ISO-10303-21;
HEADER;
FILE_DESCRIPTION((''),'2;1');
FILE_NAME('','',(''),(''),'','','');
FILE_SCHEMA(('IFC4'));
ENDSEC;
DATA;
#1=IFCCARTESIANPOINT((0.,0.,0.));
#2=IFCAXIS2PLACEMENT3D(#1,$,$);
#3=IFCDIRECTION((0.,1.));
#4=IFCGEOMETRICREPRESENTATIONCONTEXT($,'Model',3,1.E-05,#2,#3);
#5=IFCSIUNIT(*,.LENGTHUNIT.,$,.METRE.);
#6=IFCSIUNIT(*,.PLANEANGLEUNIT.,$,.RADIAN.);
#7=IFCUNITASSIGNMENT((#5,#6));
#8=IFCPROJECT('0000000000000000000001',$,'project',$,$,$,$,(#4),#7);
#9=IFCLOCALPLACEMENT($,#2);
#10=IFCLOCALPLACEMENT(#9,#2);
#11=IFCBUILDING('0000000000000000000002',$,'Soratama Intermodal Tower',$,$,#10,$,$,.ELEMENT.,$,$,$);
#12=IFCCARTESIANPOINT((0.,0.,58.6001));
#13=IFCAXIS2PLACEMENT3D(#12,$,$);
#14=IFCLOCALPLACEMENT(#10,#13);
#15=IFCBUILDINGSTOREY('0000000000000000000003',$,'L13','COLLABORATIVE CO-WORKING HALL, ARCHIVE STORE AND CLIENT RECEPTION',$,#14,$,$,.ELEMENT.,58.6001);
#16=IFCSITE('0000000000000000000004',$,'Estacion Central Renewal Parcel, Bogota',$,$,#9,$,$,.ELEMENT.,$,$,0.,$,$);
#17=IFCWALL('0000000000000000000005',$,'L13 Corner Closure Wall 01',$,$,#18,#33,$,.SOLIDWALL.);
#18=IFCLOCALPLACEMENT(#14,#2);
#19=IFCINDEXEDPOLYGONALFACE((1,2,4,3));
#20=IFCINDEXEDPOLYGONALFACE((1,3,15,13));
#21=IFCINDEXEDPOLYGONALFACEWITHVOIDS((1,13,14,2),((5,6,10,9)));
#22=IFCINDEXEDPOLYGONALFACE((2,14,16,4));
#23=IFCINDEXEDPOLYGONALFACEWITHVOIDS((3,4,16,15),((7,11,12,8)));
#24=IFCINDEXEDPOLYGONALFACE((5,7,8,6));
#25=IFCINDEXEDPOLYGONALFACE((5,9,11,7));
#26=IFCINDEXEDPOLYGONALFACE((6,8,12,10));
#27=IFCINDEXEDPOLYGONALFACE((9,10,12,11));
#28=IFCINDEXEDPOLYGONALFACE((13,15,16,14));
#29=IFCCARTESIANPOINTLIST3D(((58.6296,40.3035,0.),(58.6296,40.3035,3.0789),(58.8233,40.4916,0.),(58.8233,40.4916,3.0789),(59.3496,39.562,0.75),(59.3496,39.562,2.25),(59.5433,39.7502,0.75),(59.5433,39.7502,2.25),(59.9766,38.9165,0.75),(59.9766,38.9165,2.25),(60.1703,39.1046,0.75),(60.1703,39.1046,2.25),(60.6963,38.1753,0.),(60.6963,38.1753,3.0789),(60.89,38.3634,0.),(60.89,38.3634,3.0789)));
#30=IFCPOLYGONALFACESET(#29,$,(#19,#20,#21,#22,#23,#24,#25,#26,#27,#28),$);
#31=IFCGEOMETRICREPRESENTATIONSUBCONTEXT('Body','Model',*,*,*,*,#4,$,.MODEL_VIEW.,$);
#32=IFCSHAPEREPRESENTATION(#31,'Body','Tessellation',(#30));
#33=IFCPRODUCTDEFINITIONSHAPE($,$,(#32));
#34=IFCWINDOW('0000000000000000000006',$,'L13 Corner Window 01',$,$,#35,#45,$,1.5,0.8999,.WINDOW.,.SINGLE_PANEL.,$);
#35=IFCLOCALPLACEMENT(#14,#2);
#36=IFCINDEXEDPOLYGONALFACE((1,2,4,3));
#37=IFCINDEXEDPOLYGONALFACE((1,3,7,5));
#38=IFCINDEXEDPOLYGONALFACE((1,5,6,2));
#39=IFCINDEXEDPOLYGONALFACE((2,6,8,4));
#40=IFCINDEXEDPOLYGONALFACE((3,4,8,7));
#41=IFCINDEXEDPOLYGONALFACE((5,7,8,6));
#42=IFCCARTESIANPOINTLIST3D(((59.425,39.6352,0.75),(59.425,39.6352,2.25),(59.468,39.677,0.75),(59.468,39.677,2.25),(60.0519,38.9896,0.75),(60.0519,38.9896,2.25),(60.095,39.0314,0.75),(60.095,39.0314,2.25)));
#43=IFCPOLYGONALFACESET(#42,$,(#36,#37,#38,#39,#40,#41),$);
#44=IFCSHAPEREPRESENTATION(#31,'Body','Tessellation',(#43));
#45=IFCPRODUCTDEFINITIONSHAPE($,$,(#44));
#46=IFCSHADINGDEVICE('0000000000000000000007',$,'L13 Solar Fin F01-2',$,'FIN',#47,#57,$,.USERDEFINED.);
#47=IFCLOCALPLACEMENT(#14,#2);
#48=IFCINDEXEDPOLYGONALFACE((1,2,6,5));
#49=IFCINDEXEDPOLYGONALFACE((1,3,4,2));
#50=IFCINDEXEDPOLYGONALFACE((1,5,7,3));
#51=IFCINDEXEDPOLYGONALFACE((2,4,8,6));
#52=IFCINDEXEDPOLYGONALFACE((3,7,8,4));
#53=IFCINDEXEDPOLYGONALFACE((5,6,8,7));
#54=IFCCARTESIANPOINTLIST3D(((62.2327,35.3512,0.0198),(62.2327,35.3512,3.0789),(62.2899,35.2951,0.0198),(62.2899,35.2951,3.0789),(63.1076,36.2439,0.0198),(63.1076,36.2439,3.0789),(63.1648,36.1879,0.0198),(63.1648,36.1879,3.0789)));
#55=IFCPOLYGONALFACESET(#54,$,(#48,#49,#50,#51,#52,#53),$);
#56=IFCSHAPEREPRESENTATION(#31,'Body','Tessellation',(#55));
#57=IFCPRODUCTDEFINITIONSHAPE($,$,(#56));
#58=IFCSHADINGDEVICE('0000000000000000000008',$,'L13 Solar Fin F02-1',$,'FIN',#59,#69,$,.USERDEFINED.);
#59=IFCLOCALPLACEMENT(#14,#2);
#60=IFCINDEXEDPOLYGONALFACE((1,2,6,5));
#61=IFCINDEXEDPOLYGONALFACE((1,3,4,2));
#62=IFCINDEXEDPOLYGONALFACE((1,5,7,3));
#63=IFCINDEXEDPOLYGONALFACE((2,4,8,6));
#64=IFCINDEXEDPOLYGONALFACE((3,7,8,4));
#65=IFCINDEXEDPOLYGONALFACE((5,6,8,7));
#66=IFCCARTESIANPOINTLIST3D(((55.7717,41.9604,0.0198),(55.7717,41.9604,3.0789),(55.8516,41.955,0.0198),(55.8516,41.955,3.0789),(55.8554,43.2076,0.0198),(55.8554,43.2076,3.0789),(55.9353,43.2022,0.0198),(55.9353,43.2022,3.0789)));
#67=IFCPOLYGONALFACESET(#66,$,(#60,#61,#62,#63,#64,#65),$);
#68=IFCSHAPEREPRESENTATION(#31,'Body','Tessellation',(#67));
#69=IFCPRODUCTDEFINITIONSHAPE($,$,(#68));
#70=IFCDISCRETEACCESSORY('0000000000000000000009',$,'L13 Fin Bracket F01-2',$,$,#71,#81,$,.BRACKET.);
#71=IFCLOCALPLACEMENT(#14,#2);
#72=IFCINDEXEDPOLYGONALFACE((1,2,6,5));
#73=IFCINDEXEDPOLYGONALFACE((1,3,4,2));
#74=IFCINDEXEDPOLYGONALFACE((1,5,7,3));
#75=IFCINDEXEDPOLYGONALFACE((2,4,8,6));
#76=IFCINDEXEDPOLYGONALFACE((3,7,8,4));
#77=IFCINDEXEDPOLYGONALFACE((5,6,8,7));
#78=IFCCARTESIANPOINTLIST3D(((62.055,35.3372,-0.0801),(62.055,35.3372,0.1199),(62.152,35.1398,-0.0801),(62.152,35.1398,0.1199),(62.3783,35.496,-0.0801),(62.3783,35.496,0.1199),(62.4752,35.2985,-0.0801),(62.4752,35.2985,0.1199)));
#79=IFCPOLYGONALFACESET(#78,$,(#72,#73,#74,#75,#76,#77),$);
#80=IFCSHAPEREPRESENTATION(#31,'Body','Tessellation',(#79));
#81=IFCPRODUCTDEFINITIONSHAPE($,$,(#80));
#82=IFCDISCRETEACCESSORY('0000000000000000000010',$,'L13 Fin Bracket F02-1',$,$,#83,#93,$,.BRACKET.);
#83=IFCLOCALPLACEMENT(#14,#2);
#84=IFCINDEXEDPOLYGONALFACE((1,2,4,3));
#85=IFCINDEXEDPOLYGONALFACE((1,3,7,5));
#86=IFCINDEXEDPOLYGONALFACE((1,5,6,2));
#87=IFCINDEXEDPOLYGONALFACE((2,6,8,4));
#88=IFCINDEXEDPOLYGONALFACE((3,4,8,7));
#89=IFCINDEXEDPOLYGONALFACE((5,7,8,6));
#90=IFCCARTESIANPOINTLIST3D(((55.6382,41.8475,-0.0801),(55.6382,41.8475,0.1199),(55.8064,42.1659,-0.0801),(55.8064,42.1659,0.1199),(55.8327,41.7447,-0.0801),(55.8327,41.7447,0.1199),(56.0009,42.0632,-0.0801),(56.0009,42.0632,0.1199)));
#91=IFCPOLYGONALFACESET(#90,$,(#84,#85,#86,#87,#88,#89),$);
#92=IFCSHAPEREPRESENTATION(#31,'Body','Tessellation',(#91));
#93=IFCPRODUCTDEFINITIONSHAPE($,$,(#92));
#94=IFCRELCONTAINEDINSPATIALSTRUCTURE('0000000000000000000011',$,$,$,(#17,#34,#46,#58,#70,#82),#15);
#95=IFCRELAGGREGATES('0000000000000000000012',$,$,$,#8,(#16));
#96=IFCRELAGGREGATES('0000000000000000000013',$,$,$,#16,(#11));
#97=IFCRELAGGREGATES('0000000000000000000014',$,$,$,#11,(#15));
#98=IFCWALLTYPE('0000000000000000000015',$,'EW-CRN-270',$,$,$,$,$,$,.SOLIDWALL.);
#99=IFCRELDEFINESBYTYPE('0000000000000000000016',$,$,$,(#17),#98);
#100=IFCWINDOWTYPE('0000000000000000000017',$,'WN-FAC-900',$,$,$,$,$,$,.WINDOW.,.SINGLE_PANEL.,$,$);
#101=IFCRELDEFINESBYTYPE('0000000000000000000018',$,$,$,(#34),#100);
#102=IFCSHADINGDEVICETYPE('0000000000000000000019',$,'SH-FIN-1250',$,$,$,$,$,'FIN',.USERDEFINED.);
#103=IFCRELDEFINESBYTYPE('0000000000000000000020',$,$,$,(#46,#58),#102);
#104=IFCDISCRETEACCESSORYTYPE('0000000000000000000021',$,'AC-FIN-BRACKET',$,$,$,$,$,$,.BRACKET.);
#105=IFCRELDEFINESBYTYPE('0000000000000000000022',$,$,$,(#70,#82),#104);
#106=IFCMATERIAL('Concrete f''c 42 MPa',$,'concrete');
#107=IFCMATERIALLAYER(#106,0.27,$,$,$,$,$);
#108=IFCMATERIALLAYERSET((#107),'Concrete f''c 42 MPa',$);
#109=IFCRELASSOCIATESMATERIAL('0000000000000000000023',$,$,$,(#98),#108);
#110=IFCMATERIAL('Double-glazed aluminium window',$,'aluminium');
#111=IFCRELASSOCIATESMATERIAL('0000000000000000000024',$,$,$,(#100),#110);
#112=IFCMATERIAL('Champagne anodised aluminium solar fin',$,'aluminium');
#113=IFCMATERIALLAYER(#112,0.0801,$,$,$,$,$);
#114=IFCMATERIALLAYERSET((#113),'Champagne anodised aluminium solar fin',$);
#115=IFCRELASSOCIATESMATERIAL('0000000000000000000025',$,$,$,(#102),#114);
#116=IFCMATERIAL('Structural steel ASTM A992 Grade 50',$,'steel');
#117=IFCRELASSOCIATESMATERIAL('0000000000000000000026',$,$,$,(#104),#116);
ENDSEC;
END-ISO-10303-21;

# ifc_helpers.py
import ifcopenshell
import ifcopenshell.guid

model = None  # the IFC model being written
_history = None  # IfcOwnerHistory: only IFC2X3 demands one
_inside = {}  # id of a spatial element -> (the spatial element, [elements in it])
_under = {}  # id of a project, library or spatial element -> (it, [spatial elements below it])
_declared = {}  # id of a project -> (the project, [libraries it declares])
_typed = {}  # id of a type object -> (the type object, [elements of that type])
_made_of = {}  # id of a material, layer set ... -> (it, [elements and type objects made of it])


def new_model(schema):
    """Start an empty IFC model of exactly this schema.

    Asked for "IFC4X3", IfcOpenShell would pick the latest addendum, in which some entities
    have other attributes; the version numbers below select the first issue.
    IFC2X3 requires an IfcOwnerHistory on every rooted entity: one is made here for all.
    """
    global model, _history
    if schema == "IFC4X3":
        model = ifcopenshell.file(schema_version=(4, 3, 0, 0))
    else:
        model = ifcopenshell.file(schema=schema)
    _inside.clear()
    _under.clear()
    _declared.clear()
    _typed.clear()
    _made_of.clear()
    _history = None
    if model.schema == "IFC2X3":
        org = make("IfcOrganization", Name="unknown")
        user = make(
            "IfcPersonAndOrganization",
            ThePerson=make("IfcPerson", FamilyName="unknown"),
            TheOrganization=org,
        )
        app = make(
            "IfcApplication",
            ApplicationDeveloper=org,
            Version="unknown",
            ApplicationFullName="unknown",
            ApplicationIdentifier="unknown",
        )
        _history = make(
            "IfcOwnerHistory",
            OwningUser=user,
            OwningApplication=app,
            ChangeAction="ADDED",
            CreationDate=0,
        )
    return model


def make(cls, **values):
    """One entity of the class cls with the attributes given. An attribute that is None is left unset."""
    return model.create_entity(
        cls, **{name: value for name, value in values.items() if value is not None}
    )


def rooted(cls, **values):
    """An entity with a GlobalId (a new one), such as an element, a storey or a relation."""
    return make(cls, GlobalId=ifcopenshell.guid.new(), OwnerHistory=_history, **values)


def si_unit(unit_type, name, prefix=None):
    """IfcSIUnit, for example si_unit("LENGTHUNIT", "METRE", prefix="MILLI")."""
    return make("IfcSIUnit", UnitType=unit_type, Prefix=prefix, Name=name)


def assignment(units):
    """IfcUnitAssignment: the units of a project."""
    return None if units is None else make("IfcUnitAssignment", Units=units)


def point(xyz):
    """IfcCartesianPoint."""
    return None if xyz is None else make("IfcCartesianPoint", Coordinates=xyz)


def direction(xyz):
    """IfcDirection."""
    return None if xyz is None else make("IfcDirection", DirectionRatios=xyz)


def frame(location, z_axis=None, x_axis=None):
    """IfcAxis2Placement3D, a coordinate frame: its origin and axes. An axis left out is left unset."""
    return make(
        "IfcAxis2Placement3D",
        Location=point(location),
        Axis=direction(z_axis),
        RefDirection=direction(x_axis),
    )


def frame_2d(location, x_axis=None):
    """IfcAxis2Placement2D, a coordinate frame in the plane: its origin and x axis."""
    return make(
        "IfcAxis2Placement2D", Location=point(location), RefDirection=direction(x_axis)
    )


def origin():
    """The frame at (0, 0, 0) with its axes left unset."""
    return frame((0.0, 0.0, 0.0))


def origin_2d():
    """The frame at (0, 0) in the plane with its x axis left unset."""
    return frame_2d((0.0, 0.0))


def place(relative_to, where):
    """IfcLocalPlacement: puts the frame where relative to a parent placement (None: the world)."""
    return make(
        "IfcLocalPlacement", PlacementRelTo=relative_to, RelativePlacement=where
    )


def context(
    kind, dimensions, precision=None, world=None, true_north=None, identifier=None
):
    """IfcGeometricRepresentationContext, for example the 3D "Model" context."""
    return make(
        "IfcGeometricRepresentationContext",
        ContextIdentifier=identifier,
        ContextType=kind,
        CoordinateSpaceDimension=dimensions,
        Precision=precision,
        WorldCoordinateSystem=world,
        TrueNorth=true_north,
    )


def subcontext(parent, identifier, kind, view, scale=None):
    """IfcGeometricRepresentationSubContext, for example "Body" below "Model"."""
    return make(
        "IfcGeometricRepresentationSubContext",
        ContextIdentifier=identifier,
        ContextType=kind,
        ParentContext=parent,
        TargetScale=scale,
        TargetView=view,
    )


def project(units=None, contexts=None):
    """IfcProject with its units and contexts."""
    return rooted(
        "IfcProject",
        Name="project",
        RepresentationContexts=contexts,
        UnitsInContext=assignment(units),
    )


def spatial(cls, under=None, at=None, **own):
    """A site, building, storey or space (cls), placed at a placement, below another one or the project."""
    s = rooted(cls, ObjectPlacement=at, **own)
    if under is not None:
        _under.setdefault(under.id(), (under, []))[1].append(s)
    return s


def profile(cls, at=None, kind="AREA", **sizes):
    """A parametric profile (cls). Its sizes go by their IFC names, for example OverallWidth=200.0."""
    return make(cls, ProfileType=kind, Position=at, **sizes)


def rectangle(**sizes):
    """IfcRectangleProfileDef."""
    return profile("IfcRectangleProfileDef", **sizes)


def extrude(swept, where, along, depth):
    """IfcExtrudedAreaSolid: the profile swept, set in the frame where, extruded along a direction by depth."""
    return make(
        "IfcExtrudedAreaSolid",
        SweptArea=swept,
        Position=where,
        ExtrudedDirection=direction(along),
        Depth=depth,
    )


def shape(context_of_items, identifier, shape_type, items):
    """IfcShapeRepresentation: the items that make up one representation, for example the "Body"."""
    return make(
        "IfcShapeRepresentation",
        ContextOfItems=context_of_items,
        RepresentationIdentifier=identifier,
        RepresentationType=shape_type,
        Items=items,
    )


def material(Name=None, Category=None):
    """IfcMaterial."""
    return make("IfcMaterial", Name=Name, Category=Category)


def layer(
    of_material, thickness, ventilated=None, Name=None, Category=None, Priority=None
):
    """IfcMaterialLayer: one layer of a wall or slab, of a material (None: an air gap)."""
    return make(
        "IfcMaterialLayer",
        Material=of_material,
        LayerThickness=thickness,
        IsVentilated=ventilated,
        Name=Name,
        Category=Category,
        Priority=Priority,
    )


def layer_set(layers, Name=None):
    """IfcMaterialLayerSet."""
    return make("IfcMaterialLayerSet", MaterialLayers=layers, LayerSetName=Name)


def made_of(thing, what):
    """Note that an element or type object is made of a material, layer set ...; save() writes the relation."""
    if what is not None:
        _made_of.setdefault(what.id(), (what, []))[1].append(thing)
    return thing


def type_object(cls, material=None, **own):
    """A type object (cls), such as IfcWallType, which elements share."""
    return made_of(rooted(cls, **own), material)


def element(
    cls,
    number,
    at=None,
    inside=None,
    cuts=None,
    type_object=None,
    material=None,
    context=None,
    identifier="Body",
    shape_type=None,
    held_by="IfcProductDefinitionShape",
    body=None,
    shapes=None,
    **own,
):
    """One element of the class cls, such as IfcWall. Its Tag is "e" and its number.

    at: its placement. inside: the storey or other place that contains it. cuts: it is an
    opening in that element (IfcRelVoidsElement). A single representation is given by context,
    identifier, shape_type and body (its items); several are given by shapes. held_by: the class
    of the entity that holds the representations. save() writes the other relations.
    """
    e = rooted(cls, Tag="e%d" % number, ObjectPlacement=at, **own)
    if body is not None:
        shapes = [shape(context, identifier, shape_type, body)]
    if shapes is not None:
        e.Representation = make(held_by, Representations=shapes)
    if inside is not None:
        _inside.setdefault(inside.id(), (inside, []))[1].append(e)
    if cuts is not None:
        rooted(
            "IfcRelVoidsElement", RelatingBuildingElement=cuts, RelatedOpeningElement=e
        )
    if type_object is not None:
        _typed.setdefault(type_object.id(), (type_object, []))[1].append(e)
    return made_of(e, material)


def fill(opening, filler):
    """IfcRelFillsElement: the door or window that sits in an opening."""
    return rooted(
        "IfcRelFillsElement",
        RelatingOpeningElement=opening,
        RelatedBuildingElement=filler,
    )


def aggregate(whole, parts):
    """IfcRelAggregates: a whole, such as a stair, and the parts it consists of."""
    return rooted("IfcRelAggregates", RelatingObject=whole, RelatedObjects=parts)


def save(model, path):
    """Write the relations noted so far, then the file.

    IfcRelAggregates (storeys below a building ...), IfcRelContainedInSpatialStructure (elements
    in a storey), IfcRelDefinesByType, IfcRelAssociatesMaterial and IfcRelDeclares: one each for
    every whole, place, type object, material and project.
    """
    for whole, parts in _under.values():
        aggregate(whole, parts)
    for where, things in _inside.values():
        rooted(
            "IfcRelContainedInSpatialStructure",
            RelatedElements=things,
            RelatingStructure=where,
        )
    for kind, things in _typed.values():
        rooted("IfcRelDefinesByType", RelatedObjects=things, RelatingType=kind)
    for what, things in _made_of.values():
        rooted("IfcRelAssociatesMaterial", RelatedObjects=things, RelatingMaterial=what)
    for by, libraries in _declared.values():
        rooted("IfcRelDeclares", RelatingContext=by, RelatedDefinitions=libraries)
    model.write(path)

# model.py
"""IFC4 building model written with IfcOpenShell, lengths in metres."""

from ifc_helpers import new_model, si_unit, direction, frame, frame_2d, origin, origin_2d, place, context, subcontext, project, spatial, rectangle, extrude, material, layer, layer_set, type_object, element, fill, save


model = new_model("IFC4")

# Units and contexts
model_context = context("Model", 3, precision=1e-05, world=origin(), true_north=direction((0.0, 1.0)))
body_context = subcontext(model_context, "Body", "Model", "MODEL_VIEW")
ifc_project = project(units=[si_unit("LENGTHUNIT", "METRE"), si_unit("PLANEANGLEUNIT", "RADIAN")], contexts=[model_context])

# Site, building, storey
site_placement = place(None, origin())
site = spatial("IfcSite", under=ifc_project, at=site_placement, Name="Estacion Central Renewal Parcel, Bogota", CompositionType="ELEMENT", RefElevation=0.0)
building_placement = place(site_placement, origin())
building = spatial("IfcBuilding", under=site, at=building_placement, Name="Soratama Intermodal Tower", CompositionType="ELEMENT")
storey_placement = place(building_placement, frame((0.0, 0.0, 58.6001)))
storey = spatial("IfcBuildingStorey", under=building, at=storey_placement, Name="L13", Description="COLLABORATIVE CO-WORKING HALL, ARCHIVE STORE AND CLIENT RECEPTION", CompositionType="ELEMENT", Elevation=58.6001)

# Wall, opening, window
ifc_material_1 = material(Name="Concrete f'c 42 MPa", Category="concrete")
ifc_layer_1 = layer(ifc_material_1, 0.27)
ifc_layer_set_1 = layer_set([ifc_layer_1], Name="Concrete f'c 42 MPa")
wall_type = type_object("IfcWallType", Name="EW-CRN-270", PredefinedType="SOLIDWALL", material=ifc_layer_set_1)
wall_placement = place(storey_placement, frame((60.7932, 38.2693, 0.0), z_axis=(0.0, 0.0, 1.0), x_axis=(-0.696661, 0.7174, 0.0)))
wall = element("IfcWall", 1, at=wall_placement, inside=storey, type_object=wall_type, Name="L13 Corner Closure Wall 01", PredefinedType="SOLIDWALL", context=body_context, shape_type="SweptSolid", body=[
    extrude(rectangle(XDim=2.9666, YDim=0.27, at=frame_2d((1.4834, 0.0))), origin(), (0.0, 0.0, 1.0), 3.0789),
])
opening_placement = place(wall_placement, frame((1.0332, 0.0, 0.75)))
opening = element("IfcOpeningElement", 2, at=opening_placement, cuts=wall, PredefinedType="OPENING", context=body_context, shape_type="SweptSolid", body=[
    extrude(rectangle(XDim=0.8999, YDim=1.5, at=frame_2d((0.45, 0.75))), frame((0.0, 0.145, 0.0), z_axis=(0.0, -1.0, 0.0), x_axis=(1.0, 0.0, 0.0)), (0.0, 0.0, 1.0), 0.29),
])
ifc_material_2 = material(Name="Double-glazed aluminium window", Category="aluminium")
window_type = type_object("IfcWindowType", Name="WN-FAC-900", PartitioningType="SINGLE_PANEL", PredefinedType="WINDOW", material=ifc_material_2)
window_placement = place(opening_placement, origin())
window = element("IfcWindow", 3, at=window_placement, inside=storey, type_object=window_type, Name="L13 Corner Window 01", OverallHeight=1.5, OverallWidth=0.8999, PartitioningType="SINGLE_PANEL", PredefinedType="WINDOW", context=body_context, shape_type="SweptSolid", body=[
    extrude(rectangle(XDim=0.8999, YDim=1.5, at=frame_2d((0.45, 0.75))), frame((0.0, 0.03, 0.0), z_axis=(0.0, -1.0, 0.0), x_axis=(1.0, 0.0, 0.0)), (0.0, 0.0, 1.0), 0.0601),
])
fill(opening, window)

# Shading devices
ifc_material_3 = material(Name="Champagne anodised aluminium solar fin", Category="aluminium")
ifc_layer_2 = layer(ifc_material_3, 0.0801)
ifc_layer_set_2 = layer_set([ifc_layer_2], Name="Champagne anodised aluminium solar fin")
shading_device_type = type_object("IfcShadingDeviceType", Name="SH-FIN-1250", ElementType="FIN", PredefinedType="USERDEFINED", material=ifc_layer_set_2)
for number, where, z_axis, x_axis, name in (
    (4, (62.6987, 35.7695, 0.0198), (0.0, 0.0, 1.0), (0.699913, 0.714228, 0.0), "L13 Solar Fin F01-2"),
    (5, (55.8535, 42.5813, 0.0198), (0.0, 0.0, 1.0), (0.06697, 0.997755, 0.0), "L13 Solar Fin F02-1"),
):
    element("IfcShadingDevice", number, at=place(storey_placement, frame(where, z_axis=z_axis, x_axis=x_axis)), inside=storey, type_object=shading_device_type, Name=name, ObjectType="FIN", PredefinedType="USERDEFINED", context=body_context, shape_type="SweptSolid", body=[
        extrude(rectangle(XDim=1.25, YDim=0.0801, at=origin_2d()), origin(), (0.0, 0.0, 1.0), 3.0591),
    ])

# Discrete accessories
ifc_material_4 = material(Name="Structural steel ASTM A992 Grade 50", Category="steel")
discrete_accessory_type = type_object("IfcDiscreteAccessoryType", Name="AC-FIN-BRACKET", PredefinedType="BRACKET", material=ifc_material_4)
for number, where, z_axis, x_axis, name in (
    (6, (62.2651, 35.3179, -0.0801), (0.0, 0.0, 1.0), (0.897566, 0.440879, 0.0), "L13 Fin Bracket F01-2"),
    (7, (55.8196, 41.9553, -0.0801), (0.0, 0.0, 1.0), (0.467004, 0.884255, 0.0), "L13 Fin Bracket F02-1"),
):
    element("IfcDiscreteAccessory", number, at=place(storey_placement, frame(where, z_axis=z_axis, x_axis=x_axis)), inside=storey, type_object=discrete_accessory_type, Name=name, PredefinedType="BRACKET", context=body_context, shape_type="SweptSolid", body=[
        extrude(rectangle(XDim=0.3601, YDim=0.22, at=origin_2d()), origin(), (0.0, 0.0, 1.0), 0.2),
    ])

save(model, "model.ifc")
